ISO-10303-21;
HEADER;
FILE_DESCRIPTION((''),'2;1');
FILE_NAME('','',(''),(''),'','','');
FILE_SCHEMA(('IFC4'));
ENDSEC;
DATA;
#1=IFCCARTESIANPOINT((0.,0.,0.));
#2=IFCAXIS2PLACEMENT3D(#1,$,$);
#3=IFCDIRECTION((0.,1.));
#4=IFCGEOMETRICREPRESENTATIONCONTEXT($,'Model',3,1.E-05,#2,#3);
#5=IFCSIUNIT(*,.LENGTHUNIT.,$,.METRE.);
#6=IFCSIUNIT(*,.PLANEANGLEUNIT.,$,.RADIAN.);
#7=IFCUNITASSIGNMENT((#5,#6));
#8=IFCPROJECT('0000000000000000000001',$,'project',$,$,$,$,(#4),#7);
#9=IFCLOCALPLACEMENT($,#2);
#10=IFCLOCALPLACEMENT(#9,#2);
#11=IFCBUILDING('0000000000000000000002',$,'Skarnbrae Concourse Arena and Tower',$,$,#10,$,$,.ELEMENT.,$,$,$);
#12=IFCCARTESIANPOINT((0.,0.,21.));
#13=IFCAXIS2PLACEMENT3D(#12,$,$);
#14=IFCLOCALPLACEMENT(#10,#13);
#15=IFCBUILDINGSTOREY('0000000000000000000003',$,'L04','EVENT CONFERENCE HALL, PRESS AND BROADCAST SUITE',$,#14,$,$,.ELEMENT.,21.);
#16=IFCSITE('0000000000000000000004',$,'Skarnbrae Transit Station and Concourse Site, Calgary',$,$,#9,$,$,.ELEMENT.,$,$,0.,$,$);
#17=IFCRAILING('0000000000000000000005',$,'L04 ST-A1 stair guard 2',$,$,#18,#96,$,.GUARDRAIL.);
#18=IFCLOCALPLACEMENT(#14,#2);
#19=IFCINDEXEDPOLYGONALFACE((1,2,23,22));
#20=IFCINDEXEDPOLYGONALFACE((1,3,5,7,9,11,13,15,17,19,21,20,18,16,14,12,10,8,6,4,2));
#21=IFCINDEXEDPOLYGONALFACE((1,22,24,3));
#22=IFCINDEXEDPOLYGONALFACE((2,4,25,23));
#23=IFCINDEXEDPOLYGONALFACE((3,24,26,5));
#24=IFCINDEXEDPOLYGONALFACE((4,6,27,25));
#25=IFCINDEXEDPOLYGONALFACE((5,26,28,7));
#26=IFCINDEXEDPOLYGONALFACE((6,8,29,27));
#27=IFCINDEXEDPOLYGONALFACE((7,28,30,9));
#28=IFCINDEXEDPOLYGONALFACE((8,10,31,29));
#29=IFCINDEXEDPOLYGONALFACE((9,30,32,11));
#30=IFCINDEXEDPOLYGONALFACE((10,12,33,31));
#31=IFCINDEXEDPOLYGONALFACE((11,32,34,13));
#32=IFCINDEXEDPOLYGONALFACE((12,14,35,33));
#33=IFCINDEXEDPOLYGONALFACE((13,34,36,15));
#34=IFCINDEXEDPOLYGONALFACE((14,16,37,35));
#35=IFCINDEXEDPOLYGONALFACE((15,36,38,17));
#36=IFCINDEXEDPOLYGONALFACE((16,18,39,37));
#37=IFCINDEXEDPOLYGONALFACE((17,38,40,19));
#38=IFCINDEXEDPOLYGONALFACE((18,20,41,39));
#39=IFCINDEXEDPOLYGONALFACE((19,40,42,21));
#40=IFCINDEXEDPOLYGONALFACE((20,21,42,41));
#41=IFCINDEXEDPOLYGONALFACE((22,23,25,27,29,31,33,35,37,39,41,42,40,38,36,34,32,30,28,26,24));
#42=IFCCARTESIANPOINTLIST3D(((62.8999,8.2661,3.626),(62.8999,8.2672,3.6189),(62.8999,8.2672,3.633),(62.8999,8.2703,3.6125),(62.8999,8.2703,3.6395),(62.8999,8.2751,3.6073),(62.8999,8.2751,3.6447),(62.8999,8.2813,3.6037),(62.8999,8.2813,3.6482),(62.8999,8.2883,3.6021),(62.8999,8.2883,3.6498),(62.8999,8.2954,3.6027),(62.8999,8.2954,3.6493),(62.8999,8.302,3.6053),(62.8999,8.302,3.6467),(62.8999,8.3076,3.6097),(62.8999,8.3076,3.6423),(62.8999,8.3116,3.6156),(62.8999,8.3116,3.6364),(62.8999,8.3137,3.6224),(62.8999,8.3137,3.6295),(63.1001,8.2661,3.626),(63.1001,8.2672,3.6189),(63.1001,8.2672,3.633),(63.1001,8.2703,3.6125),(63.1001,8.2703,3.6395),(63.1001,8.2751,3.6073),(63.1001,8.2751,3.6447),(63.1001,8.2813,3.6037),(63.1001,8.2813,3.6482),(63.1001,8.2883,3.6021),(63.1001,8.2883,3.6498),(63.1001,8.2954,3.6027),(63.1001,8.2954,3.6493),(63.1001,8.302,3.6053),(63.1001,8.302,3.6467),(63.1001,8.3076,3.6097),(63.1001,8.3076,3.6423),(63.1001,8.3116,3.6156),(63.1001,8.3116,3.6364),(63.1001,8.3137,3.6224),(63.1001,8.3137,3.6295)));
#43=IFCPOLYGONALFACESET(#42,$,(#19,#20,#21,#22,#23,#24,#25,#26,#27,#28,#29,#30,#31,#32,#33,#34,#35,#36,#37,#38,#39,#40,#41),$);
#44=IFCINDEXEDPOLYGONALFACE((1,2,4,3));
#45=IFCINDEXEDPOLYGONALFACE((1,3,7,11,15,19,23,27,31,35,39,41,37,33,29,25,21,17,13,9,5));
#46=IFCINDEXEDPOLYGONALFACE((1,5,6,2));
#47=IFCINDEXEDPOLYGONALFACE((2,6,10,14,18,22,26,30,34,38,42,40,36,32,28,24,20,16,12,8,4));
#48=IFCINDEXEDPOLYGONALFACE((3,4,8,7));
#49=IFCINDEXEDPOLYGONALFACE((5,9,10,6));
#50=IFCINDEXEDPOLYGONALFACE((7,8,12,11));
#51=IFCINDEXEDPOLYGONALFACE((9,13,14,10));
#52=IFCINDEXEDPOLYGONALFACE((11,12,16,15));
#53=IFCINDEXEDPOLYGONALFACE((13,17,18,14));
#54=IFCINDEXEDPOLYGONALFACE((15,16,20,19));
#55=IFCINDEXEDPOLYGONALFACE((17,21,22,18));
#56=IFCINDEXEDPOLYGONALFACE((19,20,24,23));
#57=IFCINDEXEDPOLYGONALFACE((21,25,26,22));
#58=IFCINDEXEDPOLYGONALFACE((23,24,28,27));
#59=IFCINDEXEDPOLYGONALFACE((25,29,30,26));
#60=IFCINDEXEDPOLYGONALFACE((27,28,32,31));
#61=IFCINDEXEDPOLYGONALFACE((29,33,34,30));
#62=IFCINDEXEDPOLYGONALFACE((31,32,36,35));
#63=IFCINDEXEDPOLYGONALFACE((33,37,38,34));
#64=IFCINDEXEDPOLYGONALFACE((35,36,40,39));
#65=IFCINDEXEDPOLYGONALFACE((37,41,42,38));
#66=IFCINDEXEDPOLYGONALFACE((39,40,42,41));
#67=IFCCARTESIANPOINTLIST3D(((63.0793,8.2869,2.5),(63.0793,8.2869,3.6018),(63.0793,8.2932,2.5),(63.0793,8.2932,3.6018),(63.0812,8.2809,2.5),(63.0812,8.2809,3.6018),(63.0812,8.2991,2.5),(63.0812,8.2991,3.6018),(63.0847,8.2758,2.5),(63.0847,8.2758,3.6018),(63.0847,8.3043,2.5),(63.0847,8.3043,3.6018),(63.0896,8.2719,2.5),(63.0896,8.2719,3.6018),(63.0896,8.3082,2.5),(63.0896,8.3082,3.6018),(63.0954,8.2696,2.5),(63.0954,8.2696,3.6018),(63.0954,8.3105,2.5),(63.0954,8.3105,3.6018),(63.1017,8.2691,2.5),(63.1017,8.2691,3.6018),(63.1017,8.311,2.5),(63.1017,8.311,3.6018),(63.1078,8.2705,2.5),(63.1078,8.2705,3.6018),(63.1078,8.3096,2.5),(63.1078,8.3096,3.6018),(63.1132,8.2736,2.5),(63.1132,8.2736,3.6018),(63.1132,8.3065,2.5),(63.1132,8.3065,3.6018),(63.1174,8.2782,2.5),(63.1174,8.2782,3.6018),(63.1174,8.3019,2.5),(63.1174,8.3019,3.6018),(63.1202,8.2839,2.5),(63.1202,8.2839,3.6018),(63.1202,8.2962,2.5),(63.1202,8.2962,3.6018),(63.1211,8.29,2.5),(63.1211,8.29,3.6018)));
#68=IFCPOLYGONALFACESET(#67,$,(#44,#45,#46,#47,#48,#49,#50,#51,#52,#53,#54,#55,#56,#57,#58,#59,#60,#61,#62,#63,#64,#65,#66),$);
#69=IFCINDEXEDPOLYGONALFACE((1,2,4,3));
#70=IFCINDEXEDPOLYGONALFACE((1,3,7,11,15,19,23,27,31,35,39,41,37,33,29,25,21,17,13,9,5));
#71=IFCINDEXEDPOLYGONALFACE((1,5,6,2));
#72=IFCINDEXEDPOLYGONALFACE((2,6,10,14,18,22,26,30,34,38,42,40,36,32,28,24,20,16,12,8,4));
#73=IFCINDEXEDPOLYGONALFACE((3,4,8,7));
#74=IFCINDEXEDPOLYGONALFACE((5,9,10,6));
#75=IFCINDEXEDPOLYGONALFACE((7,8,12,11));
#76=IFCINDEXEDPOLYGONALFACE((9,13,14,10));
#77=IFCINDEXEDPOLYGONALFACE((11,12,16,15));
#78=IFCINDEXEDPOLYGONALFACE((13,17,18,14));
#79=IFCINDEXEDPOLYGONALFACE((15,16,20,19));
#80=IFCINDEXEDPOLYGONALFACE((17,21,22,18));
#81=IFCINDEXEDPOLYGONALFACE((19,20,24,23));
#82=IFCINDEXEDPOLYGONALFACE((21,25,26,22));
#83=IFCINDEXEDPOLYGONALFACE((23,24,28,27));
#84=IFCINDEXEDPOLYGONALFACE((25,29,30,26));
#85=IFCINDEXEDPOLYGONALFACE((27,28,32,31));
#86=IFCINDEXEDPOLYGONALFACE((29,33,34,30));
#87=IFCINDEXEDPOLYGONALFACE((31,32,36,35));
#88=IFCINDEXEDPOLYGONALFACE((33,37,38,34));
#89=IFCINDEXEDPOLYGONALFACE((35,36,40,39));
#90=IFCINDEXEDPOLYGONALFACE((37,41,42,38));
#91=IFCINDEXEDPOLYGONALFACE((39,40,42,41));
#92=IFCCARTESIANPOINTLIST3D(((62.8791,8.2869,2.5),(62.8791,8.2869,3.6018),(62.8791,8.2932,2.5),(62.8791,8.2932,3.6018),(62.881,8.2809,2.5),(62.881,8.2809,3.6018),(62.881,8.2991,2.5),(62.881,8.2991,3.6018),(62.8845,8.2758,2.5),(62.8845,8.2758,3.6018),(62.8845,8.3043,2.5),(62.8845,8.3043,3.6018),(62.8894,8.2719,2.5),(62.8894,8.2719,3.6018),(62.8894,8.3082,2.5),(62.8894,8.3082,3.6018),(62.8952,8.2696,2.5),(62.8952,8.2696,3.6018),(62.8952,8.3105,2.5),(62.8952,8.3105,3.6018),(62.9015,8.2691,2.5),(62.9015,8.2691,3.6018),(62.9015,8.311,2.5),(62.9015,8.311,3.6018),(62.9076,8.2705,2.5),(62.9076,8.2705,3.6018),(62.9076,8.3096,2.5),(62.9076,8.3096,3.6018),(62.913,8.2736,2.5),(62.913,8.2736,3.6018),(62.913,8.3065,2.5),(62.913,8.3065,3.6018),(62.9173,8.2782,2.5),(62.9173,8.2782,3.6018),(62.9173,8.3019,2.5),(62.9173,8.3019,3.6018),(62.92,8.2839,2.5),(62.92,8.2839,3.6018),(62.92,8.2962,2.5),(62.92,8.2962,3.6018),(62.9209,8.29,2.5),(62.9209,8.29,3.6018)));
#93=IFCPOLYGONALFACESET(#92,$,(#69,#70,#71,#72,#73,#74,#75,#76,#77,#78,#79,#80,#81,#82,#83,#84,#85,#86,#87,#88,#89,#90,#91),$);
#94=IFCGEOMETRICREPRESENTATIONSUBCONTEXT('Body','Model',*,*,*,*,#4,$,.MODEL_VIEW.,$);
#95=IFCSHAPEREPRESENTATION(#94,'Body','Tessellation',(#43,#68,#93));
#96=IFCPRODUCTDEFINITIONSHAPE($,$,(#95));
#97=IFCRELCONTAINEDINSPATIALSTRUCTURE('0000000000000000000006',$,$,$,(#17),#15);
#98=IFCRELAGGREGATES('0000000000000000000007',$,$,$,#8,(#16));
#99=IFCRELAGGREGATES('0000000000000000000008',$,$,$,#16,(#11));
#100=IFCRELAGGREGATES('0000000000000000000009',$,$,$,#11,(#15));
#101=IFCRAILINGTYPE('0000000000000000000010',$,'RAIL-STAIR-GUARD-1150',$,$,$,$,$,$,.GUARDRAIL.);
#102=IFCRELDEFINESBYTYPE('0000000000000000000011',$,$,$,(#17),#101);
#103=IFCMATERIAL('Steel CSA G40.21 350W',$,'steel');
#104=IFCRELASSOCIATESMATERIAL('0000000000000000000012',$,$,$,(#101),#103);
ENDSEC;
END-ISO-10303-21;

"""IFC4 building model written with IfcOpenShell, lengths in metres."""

from ifc_helpers import new_model, si_unit, direction, frame, origin, origin_2d, place, context, subcontext, project, spatial, circle, extrude, material, type_object, element, save


model = new_model("IFC4")

# Units and contexts
model_context = context("Model", 3, precision=1e-05, world=origin(), true_north=direction((0.0, 1.0)))
body_context = subcontext(model_context, "Body", "Model", "MODEL_VIEW")
ifc_project = project(units=[si_unit("LENGTHUNIT", "METRE"), si_unit("PLANEANGLEUNIT", "RADIAN")], contexts=[model_context])

# Site, building, storey
site_placement = place(None, origin())
site = spatial("IfcSite", under=ifc_project, at=site_placement, Name="Skarnbrae Transit Station and Concourse Site, Calgary", CompositionType="ELEMENT", RefElevation=0.0)
building_placement = place(site_placement, origin())
building = spatial("IfcBuilding", under=site, at=building_placement, Name="Skarnbrae Concourse Arena and Tower", CompositionType="ELEMENT")
storey_placement = place(building_placement, frame((0.0, 0.0, 21.0)))
storey = spatial("IfcBuildingStorey", under=building, at=storey_placement, Name="L04", Description="EVENT CONFERENCE HALL, PRESS AND BROADCAST SUITE", CompositionType="ELEMENT", Elevation=21.0)

# Shared definitions
ifc_material_1 = material(Name="Steel CSA G40.21 350W", Category="steel")

# Railing
railing_type_1 = type_object("IfcRailingType", Name="RAIL-STAIR-GUARD-1150", PredefinedType="GUARDRAIL", material=ifc_material_1)
railing_1_placement = place(storey_placement, frame((63.1001, 8.29, 2.5)))
element("IfcRailing", 1, at=railing_1_placement, inside=storey, type_object=railing_type_1, Name="L04 ST-A1 stair guard 2", PredefinedType="GUARDRAIL", context=body_context, shape_type="SweptSolid", body=[
    extrude(circle(Radius=0.0239, at=origin_2d()), frame((0.0, 0.0, 1.126), z_axis=(-1.0, 0.0, 0.0), x_axis=(0.0, -1.0, 0.0)), (0.0, 0.0, 1.0), 0.2002),
    extrude(circle(Radius=0.021, at=origin_2d()), origin(), (0.0, 0.0, 1.0), 1.1018),
    extrude(circle(Radius=0.021, at=origin_2d()), frame((-0.2002, 0.0, 0.0)), (0.0, 0.0, 1.0), 1.1018),
])

save(model, "model.ifc")
